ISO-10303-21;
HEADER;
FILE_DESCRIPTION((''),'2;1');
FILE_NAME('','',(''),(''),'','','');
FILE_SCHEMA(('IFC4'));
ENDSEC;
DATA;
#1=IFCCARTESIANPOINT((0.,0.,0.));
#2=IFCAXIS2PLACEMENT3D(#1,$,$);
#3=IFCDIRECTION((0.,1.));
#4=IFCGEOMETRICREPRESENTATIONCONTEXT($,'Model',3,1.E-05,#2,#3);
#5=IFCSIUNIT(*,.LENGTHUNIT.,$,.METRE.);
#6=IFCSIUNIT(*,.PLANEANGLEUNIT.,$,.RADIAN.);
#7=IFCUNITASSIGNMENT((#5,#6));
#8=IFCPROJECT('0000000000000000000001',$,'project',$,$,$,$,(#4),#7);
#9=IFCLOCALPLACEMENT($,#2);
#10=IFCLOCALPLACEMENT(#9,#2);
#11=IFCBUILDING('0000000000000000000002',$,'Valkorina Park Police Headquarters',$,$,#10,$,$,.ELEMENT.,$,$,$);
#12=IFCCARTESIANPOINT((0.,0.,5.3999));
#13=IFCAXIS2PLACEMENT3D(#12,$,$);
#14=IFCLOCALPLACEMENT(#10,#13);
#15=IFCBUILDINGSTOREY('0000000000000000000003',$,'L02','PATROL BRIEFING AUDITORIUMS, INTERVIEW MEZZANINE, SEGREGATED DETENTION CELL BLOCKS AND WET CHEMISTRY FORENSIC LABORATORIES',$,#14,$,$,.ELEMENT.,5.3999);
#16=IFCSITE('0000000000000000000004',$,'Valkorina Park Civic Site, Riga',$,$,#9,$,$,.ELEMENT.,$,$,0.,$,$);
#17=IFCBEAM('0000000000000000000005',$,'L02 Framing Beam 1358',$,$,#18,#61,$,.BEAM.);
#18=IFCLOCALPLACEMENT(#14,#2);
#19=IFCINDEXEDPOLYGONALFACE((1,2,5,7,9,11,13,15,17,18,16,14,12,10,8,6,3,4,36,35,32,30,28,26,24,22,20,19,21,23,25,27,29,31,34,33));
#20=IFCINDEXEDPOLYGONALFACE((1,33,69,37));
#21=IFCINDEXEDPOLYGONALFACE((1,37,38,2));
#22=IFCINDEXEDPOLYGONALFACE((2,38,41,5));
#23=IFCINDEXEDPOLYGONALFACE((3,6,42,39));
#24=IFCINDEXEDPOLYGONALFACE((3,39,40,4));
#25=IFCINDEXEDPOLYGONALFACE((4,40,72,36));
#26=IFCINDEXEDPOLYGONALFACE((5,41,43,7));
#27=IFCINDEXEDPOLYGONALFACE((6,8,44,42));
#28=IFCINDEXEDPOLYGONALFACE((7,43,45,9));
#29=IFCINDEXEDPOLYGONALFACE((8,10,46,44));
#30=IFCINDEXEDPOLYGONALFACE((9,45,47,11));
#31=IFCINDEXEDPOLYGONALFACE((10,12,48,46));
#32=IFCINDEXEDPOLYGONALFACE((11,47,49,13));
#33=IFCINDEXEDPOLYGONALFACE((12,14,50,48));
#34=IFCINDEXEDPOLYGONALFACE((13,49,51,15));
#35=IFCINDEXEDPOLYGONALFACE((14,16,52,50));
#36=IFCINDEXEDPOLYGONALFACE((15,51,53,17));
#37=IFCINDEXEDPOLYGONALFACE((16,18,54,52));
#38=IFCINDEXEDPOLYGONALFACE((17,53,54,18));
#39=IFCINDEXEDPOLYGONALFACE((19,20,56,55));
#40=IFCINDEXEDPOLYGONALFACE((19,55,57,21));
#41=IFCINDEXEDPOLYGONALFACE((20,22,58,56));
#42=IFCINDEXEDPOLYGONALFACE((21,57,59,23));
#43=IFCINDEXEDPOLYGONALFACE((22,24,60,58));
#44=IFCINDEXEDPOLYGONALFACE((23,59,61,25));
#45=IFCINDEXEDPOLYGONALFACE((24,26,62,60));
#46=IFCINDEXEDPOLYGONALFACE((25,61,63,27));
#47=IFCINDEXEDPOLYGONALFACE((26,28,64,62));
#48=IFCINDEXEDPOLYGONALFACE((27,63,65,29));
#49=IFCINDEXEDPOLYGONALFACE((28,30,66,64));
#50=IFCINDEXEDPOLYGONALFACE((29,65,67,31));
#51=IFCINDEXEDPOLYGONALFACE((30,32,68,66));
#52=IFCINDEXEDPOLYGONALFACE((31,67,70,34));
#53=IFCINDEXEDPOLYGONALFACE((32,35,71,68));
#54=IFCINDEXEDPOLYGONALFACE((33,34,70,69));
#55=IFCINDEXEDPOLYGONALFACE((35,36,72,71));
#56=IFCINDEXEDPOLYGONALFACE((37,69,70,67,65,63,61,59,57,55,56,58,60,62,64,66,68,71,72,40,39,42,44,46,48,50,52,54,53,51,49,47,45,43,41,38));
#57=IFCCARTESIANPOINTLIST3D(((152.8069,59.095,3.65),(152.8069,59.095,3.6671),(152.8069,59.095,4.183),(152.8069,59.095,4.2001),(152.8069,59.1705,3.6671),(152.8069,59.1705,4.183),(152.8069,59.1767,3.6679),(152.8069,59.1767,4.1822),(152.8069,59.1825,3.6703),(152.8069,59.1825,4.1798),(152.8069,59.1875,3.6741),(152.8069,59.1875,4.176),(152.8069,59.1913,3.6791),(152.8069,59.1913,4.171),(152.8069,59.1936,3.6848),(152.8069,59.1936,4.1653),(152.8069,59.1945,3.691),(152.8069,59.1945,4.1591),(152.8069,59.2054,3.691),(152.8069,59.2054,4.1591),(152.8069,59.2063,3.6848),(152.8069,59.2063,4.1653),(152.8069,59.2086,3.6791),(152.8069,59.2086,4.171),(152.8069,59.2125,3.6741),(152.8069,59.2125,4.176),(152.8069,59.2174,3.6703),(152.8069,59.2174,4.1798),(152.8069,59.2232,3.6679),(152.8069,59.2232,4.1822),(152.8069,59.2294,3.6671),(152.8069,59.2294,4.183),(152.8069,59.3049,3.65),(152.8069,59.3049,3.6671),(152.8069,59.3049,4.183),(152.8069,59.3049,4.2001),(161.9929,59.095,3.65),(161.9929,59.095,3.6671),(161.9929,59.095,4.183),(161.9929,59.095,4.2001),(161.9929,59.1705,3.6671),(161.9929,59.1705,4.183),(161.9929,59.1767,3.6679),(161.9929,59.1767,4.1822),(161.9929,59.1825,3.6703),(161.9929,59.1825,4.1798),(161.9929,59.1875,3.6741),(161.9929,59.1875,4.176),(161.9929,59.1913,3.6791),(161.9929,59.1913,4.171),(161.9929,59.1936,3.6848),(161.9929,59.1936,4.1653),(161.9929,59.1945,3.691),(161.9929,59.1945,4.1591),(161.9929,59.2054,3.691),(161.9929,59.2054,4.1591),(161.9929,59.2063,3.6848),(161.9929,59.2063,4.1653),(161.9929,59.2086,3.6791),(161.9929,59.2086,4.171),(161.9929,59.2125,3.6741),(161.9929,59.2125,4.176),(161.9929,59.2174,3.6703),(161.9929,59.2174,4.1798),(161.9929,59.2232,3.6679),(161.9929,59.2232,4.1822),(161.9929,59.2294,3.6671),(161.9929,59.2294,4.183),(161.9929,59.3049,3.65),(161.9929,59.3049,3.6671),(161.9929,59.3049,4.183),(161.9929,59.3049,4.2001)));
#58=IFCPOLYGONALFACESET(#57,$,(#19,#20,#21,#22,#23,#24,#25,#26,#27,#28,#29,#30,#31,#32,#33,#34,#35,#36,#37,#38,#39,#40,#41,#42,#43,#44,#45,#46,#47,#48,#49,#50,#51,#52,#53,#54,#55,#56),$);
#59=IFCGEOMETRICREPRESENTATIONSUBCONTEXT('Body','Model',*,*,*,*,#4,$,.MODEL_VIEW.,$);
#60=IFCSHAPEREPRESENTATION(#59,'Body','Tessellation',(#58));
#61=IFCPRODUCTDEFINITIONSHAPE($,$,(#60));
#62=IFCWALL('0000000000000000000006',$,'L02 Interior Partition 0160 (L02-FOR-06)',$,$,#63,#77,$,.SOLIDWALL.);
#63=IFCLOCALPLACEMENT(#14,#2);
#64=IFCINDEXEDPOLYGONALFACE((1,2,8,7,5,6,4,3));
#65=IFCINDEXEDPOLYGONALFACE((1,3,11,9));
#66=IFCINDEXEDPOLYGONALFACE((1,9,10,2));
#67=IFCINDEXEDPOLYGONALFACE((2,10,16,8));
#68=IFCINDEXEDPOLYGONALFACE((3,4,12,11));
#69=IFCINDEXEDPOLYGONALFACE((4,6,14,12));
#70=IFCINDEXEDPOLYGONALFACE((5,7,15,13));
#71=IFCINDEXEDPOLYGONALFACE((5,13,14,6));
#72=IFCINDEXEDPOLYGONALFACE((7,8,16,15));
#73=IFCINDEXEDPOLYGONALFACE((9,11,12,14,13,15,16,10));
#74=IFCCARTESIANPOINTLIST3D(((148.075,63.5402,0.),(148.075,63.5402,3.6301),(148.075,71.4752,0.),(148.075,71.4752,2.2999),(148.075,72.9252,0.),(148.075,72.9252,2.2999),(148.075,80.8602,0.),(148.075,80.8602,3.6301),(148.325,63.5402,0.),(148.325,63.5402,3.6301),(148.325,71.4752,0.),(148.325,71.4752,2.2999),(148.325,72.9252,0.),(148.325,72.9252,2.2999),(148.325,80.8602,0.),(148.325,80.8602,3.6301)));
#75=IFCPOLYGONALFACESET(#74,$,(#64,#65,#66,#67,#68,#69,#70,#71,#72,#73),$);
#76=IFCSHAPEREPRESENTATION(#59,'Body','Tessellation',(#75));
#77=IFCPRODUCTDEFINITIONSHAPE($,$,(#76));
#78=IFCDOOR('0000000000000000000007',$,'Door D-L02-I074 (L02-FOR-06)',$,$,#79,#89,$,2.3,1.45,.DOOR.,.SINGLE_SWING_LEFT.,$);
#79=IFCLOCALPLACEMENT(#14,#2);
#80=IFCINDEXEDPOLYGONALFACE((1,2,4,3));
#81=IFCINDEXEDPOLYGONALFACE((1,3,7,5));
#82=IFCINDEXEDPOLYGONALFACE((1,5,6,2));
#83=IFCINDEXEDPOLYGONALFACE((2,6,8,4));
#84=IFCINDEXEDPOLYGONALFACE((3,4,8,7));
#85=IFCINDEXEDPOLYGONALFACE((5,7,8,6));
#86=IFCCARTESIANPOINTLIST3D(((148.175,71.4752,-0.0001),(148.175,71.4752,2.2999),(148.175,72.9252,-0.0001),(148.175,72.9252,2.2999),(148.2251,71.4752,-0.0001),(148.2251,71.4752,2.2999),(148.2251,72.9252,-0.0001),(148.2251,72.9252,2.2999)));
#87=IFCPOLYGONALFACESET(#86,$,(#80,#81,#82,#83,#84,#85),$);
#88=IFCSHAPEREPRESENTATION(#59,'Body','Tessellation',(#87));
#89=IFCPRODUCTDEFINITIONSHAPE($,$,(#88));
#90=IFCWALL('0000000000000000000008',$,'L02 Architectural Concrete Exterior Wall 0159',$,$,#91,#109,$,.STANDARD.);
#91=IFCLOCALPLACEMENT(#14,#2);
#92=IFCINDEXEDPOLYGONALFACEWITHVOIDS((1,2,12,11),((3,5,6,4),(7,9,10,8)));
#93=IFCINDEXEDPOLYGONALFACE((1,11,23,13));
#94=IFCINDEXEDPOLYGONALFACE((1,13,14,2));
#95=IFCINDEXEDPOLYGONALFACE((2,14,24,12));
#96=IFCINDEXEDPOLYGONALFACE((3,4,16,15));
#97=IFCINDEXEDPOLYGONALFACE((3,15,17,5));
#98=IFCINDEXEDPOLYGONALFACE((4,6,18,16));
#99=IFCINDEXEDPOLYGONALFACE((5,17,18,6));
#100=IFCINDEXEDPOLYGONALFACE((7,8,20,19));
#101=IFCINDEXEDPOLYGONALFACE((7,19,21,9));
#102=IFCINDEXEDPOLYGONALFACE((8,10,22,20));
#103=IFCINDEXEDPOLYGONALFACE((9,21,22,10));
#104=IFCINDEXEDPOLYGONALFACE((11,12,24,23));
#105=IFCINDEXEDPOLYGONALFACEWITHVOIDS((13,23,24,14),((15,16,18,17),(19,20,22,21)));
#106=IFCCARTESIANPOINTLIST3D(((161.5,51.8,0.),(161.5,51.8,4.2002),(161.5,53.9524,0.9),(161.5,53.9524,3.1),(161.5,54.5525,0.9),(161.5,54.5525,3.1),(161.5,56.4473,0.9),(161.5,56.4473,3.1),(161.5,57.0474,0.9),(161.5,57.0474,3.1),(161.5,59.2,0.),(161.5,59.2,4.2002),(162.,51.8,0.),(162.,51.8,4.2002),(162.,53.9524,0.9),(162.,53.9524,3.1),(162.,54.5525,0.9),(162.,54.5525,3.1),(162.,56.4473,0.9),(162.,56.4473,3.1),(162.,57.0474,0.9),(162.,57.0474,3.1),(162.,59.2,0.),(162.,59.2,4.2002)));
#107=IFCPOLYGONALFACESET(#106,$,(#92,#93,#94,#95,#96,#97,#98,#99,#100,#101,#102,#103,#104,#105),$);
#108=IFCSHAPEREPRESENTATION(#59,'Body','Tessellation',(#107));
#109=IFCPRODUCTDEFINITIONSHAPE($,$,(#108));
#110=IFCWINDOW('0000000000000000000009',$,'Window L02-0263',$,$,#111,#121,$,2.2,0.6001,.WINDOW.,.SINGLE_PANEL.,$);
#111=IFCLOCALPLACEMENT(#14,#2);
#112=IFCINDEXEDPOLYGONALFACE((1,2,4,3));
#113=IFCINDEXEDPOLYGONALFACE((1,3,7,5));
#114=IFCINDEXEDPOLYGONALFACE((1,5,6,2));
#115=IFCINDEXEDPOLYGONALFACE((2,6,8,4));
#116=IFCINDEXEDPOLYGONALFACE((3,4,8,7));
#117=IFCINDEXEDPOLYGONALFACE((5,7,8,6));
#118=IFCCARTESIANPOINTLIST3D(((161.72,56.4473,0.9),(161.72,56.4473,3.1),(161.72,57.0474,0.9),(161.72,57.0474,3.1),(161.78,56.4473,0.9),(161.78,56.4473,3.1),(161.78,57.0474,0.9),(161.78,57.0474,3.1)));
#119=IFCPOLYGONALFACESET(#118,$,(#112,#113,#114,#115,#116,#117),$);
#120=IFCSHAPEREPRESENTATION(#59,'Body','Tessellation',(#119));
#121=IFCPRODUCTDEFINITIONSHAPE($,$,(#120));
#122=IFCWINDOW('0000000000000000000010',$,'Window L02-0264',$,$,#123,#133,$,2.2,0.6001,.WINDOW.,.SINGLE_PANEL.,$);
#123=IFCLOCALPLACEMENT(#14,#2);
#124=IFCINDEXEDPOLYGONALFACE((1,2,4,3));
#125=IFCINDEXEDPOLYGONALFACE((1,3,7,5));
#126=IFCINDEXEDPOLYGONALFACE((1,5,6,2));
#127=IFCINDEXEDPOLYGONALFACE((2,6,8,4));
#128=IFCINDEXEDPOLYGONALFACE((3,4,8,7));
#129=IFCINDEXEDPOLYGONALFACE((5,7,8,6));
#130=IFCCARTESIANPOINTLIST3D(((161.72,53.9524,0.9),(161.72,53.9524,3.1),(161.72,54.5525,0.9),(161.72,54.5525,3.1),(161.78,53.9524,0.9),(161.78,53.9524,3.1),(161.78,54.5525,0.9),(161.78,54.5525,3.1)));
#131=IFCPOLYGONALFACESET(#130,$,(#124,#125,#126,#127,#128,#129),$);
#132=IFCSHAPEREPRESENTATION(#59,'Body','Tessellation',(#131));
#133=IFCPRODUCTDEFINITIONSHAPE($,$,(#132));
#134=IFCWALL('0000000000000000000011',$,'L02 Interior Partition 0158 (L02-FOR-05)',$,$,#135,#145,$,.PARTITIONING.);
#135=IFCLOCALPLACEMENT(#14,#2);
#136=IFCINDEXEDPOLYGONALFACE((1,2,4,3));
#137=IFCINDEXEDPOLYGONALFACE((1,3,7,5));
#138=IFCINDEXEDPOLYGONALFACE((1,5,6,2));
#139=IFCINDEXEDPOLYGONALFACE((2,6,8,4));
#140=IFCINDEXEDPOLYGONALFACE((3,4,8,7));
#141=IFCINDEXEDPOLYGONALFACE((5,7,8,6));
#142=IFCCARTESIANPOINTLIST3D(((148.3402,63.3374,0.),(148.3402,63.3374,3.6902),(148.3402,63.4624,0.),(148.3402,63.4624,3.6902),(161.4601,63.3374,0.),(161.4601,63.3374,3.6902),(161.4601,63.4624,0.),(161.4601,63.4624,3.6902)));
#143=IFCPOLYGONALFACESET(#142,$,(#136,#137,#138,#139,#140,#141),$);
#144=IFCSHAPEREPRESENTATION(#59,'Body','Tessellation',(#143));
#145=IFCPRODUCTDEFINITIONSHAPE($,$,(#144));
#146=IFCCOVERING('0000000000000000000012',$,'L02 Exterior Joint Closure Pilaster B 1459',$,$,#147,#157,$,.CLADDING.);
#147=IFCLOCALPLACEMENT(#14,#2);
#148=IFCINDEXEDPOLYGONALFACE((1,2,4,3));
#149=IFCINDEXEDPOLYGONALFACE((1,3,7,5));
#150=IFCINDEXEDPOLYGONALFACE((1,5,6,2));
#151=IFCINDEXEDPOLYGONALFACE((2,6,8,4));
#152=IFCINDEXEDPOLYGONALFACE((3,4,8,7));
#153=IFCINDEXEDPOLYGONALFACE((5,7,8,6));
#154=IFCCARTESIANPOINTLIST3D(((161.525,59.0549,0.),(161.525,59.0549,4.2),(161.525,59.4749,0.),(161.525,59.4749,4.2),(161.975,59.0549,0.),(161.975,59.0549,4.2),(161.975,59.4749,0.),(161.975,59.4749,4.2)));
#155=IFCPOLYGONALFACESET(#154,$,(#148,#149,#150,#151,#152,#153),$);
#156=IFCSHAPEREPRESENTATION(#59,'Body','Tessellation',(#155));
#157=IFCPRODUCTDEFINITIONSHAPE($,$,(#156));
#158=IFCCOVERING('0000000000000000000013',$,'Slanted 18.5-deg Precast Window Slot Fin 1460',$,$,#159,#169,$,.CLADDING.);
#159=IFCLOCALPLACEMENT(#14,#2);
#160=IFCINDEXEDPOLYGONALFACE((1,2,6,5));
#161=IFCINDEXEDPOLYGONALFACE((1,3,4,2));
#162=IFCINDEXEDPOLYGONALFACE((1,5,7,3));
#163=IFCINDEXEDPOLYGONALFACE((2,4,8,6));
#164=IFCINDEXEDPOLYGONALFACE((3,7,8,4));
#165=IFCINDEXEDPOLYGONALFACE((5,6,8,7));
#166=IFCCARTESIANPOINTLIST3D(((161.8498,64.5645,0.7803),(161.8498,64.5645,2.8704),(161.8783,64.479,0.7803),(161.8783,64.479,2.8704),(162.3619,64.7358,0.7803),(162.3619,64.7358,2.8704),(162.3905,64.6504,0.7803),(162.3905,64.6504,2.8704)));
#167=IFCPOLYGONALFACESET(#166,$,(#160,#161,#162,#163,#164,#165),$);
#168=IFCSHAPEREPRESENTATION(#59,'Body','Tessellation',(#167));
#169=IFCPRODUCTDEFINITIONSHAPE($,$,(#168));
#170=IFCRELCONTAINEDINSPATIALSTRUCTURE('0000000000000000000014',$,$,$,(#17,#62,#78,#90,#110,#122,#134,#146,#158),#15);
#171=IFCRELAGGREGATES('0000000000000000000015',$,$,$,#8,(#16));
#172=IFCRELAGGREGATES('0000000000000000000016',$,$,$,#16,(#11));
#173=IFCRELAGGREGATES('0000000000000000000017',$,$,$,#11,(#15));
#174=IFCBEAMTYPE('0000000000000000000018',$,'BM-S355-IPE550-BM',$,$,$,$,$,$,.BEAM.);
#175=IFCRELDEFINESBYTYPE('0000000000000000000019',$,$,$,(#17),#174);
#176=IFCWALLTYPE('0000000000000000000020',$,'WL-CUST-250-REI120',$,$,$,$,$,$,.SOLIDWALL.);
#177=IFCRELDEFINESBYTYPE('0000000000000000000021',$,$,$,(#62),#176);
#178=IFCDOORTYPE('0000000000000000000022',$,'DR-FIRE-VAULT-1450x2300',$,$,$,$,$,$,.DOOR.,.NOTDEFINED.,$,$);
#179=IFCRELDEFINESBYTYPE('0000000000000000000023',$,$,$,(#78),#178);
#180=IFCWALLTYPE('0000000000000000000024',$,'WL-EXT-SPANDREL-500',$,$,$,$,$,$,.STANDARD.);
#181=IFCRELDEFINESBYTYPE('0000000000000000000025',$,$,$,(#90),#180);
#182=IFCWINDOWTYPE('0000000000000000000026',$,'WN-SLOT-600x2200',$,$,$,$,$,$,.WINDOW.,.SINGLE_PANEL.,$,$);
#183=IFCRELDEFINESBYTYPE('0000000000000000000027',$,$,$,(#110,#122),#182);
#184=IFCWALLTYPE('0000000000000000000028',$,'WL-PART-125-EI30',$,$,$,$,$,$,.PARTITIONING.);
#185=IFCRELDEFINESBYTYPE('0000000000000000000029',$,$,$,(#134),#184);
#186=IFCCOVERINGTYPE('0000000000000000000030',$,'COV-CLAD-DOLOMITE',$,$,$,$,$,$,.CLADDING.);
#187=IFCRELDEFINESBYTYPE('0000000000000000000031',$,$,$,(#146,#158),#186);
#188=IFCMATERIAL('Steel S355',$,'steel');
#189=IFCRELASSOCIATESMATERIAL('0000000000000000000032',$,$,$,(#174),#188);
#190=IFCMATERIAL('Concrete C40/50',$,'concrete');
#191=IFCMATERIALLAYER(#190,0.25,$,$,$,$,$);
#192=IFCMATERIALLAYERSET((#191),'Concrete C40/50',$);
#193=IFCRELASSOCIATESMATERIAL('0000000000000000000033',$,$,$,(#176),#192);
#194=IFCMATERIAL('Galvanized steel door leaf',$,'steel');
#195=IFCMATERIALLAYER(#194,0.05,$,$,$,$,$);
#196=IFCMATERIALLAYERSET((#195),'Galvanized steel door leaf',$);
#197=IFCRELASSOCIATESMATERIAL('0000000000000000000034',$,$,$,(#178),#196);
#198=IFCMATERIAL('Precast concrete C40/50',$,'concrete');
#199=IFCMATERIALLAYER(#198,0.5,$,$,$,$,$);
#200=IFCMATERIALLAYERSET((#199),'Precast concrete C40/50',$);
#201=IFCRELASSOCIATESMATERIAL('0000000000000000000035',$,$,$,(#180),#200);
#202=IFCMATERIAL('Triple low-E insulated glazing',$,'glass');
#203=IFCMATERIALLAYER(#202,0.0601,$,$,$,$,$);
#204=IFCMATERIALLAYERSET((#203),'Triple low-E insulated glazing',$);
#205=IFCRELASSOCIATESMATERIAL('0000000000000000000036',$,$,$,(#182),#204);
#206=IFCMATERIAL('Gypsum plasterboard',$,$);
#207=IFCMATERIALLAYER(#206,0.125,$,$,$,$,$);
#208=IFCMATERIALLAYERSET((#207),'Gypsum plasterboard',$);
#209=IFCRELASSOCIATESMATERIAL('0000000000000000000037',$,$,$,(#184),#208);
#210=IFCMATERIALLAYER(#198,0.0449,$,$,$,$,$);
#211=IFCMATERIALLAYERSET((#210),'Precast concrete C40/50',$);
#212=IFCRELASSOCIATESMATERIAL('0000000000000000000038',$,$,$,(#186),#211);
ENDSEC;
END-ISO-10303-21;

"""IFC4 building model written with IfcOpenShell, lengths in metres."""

from ifc_helpers import new_model, si_unit, direction, frame, frame_2d, origin, origin_2d, place, context, subcontext, project, spatial, rectangle, i_section, extrude, material, layer, layer_set, material_profile, profile_set, type_object, element, fill, save


model = new_model("IFC4")

# Units and contexts
model_context = context("Model", 3, precision=1e-05, world=origin(), true_north=direction((0.0, 1.0)))
body_context = subcontext(model_context, "Body", "Model", "MODEL_VIEW")
ifc_project = project(units=[si_unit("LENGTHUNIT", "METRE"), si_unit("PLANEANGLEUNIT", "RADIAN")], contexts=[model_context])

# Site, building, storey
site_placement = place(None, origin())
site = spatial("IfcSite", under=ifc_project, at=site_placement, Name="Valkorina Park Civic Site, Riga", CompositionType="ELEMENT", RefElevation=0.0)
building_placement = place(site_placement, origin())
building = spatial("IfcBuilding", under=site, at=building_placement, Name="Valkorina Park Police Headquarters", CompositionType="ELEMENT")
storey_placement = place(building_placement, frame((0.0, 0.0, 5.3999)))
storey = spatial("IfcBuildingStorey", under=building, at=storey_placement, Name="L02", Description="PATROL BRIEFING AUDITORIUMS, INTERVIEW MEZZANINE, SEGREGATED DETENTION CELL BLOCKS AND WET CHEMISTRY FORENSIC LABORATORIES", CompositionType="ELEMENT", Elevation=5.3999)

# Shared definitions
ifc_material_1 = material(Name="Steel S355", Category="steel")

# Beam
ifc_material_profile_1 = material_profile(ifc_material_1, i_section(OverallWidth=0.21, OverallDepth=0.55, WebThickness=0.011, FlangeThickness=0.0171, FilletRadius=0.0239, at=origin_2d()), Name="IPE 550")
ifc_profile_set_1 = profile_set([ifc_material_profile_1], Name="Steel S355")
beam_type_1 = type_object("IfcBeamType", Name="BM-S355-IPE550-BM", PredefinedType="BEAM", material=ifc_profile_set_1)
beam_1_placement = place(storey_placement, frame((152.8069, 59.2, 3.925), z_axis=(1.0, 0.0, 0.0), x_axis=(0.0, 1.0, 0.0)))
element("IfcBeam", 1, at=beam_1_placement, inside=storey, type_object=beam_type_1, Name="L02 Framing Beam 1358", PredefinedType="BEAM", context=body_context, shape_type="SweptSolid", body=[
    extrude(i_section(OverallWidth=0.21, OverallDepth=0.55, WebThickness=0.011, FlangeThickness=0.0171, FilletRadius=0.0239, at=origin_2d()), origin(), (0.0, 0.0, 1.0), 9.186),
])

# Wall, opening, door
ifc_material_2 = material(Name="Concrete C40/50", Category="concrete")
ifc_layer_1 = layer(ifc_material_2, 0.25)
ifc_layer_set_1 = layer_set([ifc_layer_1], Name="Concrete C40/50")
wall_type_1 = type_object("IfcWallType", Name="WL-CUST-250-REI120", PredefinedType="SOLIDWALL", material=ifc_layer_set_1)
wall_1_placement = place(storey_placement, frame((148.2, 63.54, 0.0), z_axis=(0.0, 0.0, 1.0), x_axis=(0.0, 1.0, 0.0)))
wall_1 = element("IfcWall", 2, at=wall_1_placement, inside=storey, type_object=wall_type_1, Name="L02 Interior Partition 0160 (L02-FOR-06)", PredefinedType="SOLIDWALL", context=body_context, shape_type="SweptSolid", body=[
    extrude(rectangle(XDim=17.3201, YDim=0.25, at=frame_2d((8.6602, 0.0))), origin(), (0.0, 0.0, 1.0), 3.6301),
])
opening_1_placement = place(wall_1_placement, frame((7.9351, 0.0, 0.0)))
opening_1 = element("IfcOpeningElement", 3, at=opening_1_placement, cuts=wall_1, PredefinedType="OPENING", context=body_context, shape_type="SweptSolid", body=[
    extrude(rectangle(XDim=1.45, YDim=2.3, at=frame_2d((0.7251, 1.1499))), frame((0.0, 0.135, 0.0), z_axis=(0.0, -1.0, 0.0), x_axis=(1.0, 0.0, 0.0)), (0.0, 0.0, 1.0), 0.27),
])
ifc_material_3 = material(Name="Galvanized steel door leaf", Category="steel")
ifc_layer_2 = layer(ifc_material_3, 0.05)
ifc_layer_set_2 = layer_set([ifc_layer_2], Name="Galvanized steel door leaf")
door_type = type_object("IfcDoorType", Name="DR-FIRE-VAULT-1450x2300", OperationType="NOTDEFINED", PredefinedType="DOOR", material=ifc_layer_set_2)
door_placement = place(opening_1_placement, origin())
door = element("IfcDoor", 4, at=door_placement, inside=storey, type_object=door_type, Name="Door D-L02-I074 (L02-FOR-06)", OperationType="SINGLE_SWING_LEFT", OverallHeight=2.3, OverallWidth=1.45, PredefinedType="DOOR", context=body_context, shape_type="SweptSolid", body=[
    extrude(rectangle(XDim=1.45, YDim=2.3, at=frame_2d((0.7251, 1.1499))), frame((0.0, 0.0249, 0.0), z_axis=(0.0, -1.0, 0.0), x_axis=(1.0, 0.0, 0.0)), (0.0, 0.0, 1.0), 0.05),
])
fill(opening_1, door)

# Wall, openings, windows
ifc_material_4 = material(Name="Precast concrete C40/50", Category="concrete")
ifc_layer_3 = layer(ifc_material_4, 0.5)
ifc_layer_set_3 = layer_set([ifc_layer_3], Name="Precast concrete C40/50")
wall_type_2 = type_object("IfcWallType", Name="WL-EXT-SPANDREL-500", PredefinedType="STANDARD", material=ifc_layer_set_3)
wall_2_placement = place(storey_placement, frame((161.75, 59.2, 0.0), z_axis=(0.0, 0.0, 1.0), x_axis=(0.0, -1.0, 0.0)))
wall_2 = element("IfcWall", 5, at=wall_2_placement, inside=storey, type_object=wall_type_2, Name="L02 Architectural Concrete Exterior Wall 0159", PredefinedType="STANDARD", context=body_context, shape_type="SweptSolid", body=[
    extrude(rectangle(XDim=7.3999, YDim=0.5, at=frame_2d((3.7, 0.0))), origin(), (0.0, 0.0, 1.0), 4.2002),
])
opening_2_placement = place(wall_2_placement, frame((2.1526, 0.0, 0.8999)))
opening_2 = element("IfcOpeningElement", 6, at=opening_2_placement, cuts=wall_2, PredefinedType="OPENING", context=body_context, shape_type="SweptSolid", body=[
    extrude(rectangle(XDim=0.6001, YDim=2.2, at=frame_2d((0.3, 1.1001))), frame((0.0, 0.26, 0.0), z_axis=(0.0, -1.0, 0.0), x_axis=(1.0, 0.0, 0.0)), (0.0, 0.0, 1.0), 0.52),
])
opening_3_placement = place(wall_2_placement, frame((4.6475, 0.0, 0.8999)))
opening_3 = element("IfcOpeningElement", 7, at=opening_3_placement, cuts=wall_2, PredefinedType="OPENING", context=body_context, shape_type="SweptSolid", body=[
    extrude(rectangle(XDim=0.6001, YDim=2.2, at=frame_2d((0.3, 1.1001))), frame((0.0, 0.26, 0.0), z_axis=(0.0, -1.0, 0.0), x_axis=(1.0, 0.0, 0.0)), (0.0, 0.0, 1.0), 0.52),
])
ifc_material_5 = material(Name="Triple low-E insulated glazing", Category="glass")
ifc_layer_4 = layer(ifc_material_5, 0.0601)
ifc_layer_set_4 = layer_set([ifc_layer_4], Name="Triple low-E insulated glazing")
window_type = type_object("IfcWindowType", Name="WN-SLOT-600x2200", PartitioningType="SINGLE_PANEL", PredefinedType="WINDOW", material=ifc_layer_set_4)
window_1_placement = place(opening_2_placement, origin())
window_1 = element("IfcWindow", 8, at=window_1_placement, inside=storey, type_object=window_type, Name="Window L02-0263", OverallHeight=2.2, OverallWidth=0.6001, PartitioningType="SINGLE_PANEL", PredefinedType="WINDOW", context=body_context, shape_type="SweptSolid", body=[
    extrude(rectangle(XDim=0.6001, YDim=2.2, at=frame_2d((0.3, 1.1001))), frame((0.0, 0.03, 0.0), z_axis=(0.0, -1.0, 0.0), x_axis=(1.0, 0.0, 0.0)), (0.0, 0.0, 1.0), 0.0601),
])
fill(opening_2, window_1)
window_2_placement = place(opening_3_placement, origin())
window_2 = element("IfcWindow", 9, at=window_2_placement, inside=storey, type_object=window_type, Name="Window L02-0264", OverallHeight=2.2, OverallWidth=0.6001, PartitioningType="SINGLE_PANEL", PredefinedType="WINDOW", context=body_context, shape_type="SweptSolid", body=[
    extrude(rectangle(XDim=0.6001, YDim=2.2, at=frame_2d((0.3, 1.1001))), frame((0.0, 0.03, 0.0), z_axis=(0.0, -1.0, 0.0), x_axis=(1.0, 0.0, 0.0)), (0.0, 0.0, 1.0), 0.0601),
])
fill(opening_3, window_2)

# Wall
ifc_material_6 = material(Name="Gypsum plasterboard")
ifc_layer_5 = layer(ifc_material_6, 0.125)
ifc_layer_set_5 = layer_set([ifc_layer_5], Name="Gypsum plasterboard")
wall_type_3 = type_object("IfcWallType", Name="WL-PART-125-EI30", PredefinedType="PARTITIONING", material=ifc_layer_set_5)
wall_3_placement = place(storey_placement, frame((148.3401, 63.3999, 0.0), z_axis=(0.0, 0.0, 1.0), x_axis=(1.0, 0.0, 0.0)))
element("IfcWall", 10, at=wall_3_placement, inside=storey, type_object=wall_type_3, Name="L02 Interior Partition 0158 (L02-FOR-05)", PredefinedType="PARTITIONING", context=body_context, shape_type="SweptSolid", body=[
    extrude(rectangle(XDim=13.1199, YDim=0.125, at=frame_2d((6.5601, 0.0))), origin(), (0.0, 0.0, 1.0), 3.6902),
])

# Coverings
ifc_layer_6 = layer(ifc_material_4, 0.0449)
ifc_layer_set_6 = layer_set([ifc_layer_6], Name="Precast concrete C40/50")
covering_type = type_object("IfcCoveringType", Name="COV-CLAD-DOLOMITE", PredefinedType="CLADDING", material=ifc_layer_set_6)
covering_1_placement = place(storey_placement, frame((161.75, 59.2649, 0.0), z_axis=(0.0, 0.0, 1.0), x_axis=(0.0, 1.0, 0.0)))
element("IfcCovering", 11, at=covering_1_placement, inside=storey, type_object=covering_type, Name="L02 Exterior Joint Closure Pilaster B 1459", PredefinedType="CLADDING", context=body_context, shape_type="SweptSolid", body=[
    extrude(rectangle(XDim=0.4199, YDim=0.45, at=origin_2d()), origin(), (0.0, 0.0, 1.0), 4.2),
])
for number, where, z_axis, x_axis, name in (
    (12, (162.1201, 64.6074, 0.7803), (0.0, 0.0, 1.0), (0.948324, 0.317305, 0.0), "Slanted 18.5-deg Precast Window Slot Fin 1460"),
):
    element("IfcCovering", number, at=place(storey_placement, frame(where, z_axis=z_axis, x_axis=x_axis)), inside=storey, type_object=covering_type, Name=name, PredefinedType="CLADDING", context=body_context, shape_type="SweptSolid", body=[
        extrude(rectangle(XDim=0.54, YDim=0.0901, at=origin_2d()), origin(), (0.0, 0.0, 1.0), 2.0901),
    ])

save(model, "model.ifc")
